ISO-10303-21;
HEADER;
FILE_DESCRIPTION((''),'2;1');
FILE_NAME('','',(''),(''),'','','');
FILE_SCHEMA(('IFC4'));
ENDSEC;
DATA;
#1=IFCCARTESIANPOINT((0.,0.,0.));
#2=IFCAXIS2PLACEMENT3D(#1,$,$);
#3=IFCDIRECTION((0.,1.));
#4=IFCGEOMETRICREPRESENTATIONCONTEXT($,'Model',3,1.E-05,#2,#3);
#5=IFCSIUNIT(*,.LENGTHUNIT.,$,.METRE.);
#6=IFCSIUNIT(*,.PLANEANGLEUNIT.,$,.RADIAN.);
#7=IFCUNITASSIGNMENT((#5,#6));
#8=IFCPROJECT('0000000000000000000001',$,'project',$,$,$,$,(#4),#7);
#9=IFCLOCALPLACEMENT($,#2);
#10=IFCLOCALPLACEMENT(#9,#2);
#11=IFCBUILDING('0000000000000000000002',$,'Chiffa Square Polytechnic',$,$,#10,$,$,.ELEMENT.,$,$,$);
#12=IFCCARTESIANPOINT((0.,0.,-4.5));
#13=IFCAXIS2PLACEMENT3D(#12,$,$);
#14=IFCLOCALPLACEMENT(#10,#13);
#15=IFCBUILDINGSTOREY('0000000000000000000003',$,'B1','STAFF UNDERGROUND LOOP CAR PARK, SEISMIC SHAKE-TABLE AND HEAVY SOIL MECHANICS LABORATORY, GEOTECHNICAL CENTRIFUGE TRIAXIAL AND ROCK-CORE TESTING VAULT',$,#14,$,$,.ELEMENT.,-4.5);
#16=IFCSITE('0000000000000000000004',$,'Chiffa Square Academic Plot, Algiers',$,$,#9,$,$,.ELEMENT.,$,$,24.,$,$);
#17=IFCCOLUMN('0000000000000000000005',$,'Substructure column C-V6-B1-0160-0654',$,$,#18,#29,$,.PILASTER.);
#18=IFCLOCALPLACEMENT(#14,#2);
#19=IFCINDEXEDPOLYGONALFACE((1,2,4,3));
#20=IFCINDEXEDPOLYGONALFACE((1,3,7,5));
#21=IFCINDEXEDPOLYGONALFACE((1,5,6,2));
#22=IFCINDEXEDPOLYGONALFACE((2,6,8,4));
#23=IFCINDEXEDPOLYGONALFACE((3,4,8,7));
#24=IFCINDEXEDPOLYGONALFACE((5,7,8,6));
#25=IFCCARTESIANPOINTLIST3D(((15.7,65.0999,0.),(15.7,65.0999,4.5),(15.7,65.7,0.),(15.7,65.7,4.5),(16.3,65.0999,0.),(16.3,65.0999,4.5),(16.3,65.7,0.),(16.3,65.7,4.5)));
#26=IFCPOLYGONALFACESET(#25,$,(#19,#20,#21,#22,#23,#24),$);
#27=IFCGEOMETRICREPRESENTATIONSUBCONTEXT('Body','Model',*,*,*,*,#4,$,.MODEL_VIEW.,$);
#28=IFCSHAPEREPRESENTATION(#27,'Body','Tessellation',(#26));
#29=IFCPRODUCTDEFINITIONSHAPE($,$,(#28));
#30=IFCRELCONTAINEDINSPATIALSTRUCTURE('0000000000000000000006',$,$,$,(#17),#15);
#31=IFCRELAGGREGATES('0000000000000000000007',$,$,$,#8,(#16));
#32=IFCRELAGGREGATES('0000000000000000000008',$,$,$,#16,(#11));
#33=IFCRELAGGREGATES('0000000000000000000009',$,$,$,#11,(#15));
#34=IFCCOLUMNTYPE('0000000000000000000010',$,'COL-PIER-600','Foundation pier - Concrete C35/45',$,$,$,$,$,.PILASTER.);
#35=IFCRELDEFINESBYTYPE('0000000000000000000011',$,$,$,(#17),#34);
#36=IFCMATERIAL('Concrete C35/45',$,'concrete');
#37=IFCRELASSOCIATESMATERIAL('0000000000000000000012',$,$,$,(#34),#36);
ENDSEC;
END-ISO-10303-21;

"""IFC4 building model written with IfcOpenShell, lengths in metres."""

from ifc_helpers import new_model, si_unit, direction, frame, origin, origin_2d, place, context, subcontext, project, spatial, rectangle, extrude, material, material_profile, profile_set, type_object, element, save


model = new_model("IFC4")

# Units and contexts
model_context = context("Model", 3, precision=1e-05, world=origin(), true_north=direction((0.0, 1.0)))
body_context = subcontext(model_context, "Body", "Model", "MODEL_VIEW")
ifc_project = project(units=[si_unit("LENGTHUNIT", "METRE"), si_unit("PLANEANGLEUNIT", "RADIAN")], contexts=[model_context])

# Site, building, storey
site_placement = place(None, origin())
site = spatial("IfcSite", under=ifc_project, at=site_placement, Name="Chiffa Square Academic Plot, Algiers", CompositionType="ELEMENT", RefElevation=24.0)
building_placement = place(site_placement, origin())
building = spatial("IfcBuilding", under=site, at=building_placement, Name="Chiffa Square Polytechnic", CompositionType="ELEMENT")
storey_placement = place(building_placement, frame((0.0, 0.0, -4.5)))
storey = spatial("IfcBuildingStorey", under=building, at=storey_placement, Name="B1", Description="STAFF UNDERGROUND LOOP CAR PARK, SEISMIC SHAKE-TABLE AND HEAVY SOIL MECHANICS LABORATORY, GEOTECHNICAL CENTRIFUGE TRIAXIAL AND ROCK-CORE TESTING VAULT", CompositionType="ELEMENT", Elevation=-4.5)

# Shared definitions
ifc_material = material(Name="Concrete C35/45", Category="concrete")

# Column
ifc_material_profile_1 = material_profile(ifc_material, rectangle(XDim=0.6001, YDim=0.6001, at=origin_2d()), Name="RC 600x600")
ifc_profile_set_1 = profile_set([ifc_material_profile_1], Name="Concrete C35/45")
column_type_1 = type_object("IfcColumnType", Name="COL-PIER-600", Description="Foundation pier - Concrete C35/45", PredefinedType="PILASTER", material=ifc_profile_set_1)
for number, where, z_axis, x_axis, name in (
    (1, (16.0, 65.3999, 0.0), (0.0, 0.0, 1.0), (1.0, 0.0, 0.0), "Substructure column C-V6-B1-0160-0654"),
):
    element("IfcColumn", number, at=place(storey_placement, frame(where, z_axis=z_axis, x_axis=x_axis)), inside=storey, type_object=column_type_1, Name=name, PredefinedType="PILASTER", context=body_context, shape_type="SweptSolid", body=[
        extrude(rectangle(XDim=0.6001, YDim=0.6001, at=origin_2d()), origin(), (0.0, 0.0, 1.0), 4.5),
    ])

save(model, "model.ifc")
